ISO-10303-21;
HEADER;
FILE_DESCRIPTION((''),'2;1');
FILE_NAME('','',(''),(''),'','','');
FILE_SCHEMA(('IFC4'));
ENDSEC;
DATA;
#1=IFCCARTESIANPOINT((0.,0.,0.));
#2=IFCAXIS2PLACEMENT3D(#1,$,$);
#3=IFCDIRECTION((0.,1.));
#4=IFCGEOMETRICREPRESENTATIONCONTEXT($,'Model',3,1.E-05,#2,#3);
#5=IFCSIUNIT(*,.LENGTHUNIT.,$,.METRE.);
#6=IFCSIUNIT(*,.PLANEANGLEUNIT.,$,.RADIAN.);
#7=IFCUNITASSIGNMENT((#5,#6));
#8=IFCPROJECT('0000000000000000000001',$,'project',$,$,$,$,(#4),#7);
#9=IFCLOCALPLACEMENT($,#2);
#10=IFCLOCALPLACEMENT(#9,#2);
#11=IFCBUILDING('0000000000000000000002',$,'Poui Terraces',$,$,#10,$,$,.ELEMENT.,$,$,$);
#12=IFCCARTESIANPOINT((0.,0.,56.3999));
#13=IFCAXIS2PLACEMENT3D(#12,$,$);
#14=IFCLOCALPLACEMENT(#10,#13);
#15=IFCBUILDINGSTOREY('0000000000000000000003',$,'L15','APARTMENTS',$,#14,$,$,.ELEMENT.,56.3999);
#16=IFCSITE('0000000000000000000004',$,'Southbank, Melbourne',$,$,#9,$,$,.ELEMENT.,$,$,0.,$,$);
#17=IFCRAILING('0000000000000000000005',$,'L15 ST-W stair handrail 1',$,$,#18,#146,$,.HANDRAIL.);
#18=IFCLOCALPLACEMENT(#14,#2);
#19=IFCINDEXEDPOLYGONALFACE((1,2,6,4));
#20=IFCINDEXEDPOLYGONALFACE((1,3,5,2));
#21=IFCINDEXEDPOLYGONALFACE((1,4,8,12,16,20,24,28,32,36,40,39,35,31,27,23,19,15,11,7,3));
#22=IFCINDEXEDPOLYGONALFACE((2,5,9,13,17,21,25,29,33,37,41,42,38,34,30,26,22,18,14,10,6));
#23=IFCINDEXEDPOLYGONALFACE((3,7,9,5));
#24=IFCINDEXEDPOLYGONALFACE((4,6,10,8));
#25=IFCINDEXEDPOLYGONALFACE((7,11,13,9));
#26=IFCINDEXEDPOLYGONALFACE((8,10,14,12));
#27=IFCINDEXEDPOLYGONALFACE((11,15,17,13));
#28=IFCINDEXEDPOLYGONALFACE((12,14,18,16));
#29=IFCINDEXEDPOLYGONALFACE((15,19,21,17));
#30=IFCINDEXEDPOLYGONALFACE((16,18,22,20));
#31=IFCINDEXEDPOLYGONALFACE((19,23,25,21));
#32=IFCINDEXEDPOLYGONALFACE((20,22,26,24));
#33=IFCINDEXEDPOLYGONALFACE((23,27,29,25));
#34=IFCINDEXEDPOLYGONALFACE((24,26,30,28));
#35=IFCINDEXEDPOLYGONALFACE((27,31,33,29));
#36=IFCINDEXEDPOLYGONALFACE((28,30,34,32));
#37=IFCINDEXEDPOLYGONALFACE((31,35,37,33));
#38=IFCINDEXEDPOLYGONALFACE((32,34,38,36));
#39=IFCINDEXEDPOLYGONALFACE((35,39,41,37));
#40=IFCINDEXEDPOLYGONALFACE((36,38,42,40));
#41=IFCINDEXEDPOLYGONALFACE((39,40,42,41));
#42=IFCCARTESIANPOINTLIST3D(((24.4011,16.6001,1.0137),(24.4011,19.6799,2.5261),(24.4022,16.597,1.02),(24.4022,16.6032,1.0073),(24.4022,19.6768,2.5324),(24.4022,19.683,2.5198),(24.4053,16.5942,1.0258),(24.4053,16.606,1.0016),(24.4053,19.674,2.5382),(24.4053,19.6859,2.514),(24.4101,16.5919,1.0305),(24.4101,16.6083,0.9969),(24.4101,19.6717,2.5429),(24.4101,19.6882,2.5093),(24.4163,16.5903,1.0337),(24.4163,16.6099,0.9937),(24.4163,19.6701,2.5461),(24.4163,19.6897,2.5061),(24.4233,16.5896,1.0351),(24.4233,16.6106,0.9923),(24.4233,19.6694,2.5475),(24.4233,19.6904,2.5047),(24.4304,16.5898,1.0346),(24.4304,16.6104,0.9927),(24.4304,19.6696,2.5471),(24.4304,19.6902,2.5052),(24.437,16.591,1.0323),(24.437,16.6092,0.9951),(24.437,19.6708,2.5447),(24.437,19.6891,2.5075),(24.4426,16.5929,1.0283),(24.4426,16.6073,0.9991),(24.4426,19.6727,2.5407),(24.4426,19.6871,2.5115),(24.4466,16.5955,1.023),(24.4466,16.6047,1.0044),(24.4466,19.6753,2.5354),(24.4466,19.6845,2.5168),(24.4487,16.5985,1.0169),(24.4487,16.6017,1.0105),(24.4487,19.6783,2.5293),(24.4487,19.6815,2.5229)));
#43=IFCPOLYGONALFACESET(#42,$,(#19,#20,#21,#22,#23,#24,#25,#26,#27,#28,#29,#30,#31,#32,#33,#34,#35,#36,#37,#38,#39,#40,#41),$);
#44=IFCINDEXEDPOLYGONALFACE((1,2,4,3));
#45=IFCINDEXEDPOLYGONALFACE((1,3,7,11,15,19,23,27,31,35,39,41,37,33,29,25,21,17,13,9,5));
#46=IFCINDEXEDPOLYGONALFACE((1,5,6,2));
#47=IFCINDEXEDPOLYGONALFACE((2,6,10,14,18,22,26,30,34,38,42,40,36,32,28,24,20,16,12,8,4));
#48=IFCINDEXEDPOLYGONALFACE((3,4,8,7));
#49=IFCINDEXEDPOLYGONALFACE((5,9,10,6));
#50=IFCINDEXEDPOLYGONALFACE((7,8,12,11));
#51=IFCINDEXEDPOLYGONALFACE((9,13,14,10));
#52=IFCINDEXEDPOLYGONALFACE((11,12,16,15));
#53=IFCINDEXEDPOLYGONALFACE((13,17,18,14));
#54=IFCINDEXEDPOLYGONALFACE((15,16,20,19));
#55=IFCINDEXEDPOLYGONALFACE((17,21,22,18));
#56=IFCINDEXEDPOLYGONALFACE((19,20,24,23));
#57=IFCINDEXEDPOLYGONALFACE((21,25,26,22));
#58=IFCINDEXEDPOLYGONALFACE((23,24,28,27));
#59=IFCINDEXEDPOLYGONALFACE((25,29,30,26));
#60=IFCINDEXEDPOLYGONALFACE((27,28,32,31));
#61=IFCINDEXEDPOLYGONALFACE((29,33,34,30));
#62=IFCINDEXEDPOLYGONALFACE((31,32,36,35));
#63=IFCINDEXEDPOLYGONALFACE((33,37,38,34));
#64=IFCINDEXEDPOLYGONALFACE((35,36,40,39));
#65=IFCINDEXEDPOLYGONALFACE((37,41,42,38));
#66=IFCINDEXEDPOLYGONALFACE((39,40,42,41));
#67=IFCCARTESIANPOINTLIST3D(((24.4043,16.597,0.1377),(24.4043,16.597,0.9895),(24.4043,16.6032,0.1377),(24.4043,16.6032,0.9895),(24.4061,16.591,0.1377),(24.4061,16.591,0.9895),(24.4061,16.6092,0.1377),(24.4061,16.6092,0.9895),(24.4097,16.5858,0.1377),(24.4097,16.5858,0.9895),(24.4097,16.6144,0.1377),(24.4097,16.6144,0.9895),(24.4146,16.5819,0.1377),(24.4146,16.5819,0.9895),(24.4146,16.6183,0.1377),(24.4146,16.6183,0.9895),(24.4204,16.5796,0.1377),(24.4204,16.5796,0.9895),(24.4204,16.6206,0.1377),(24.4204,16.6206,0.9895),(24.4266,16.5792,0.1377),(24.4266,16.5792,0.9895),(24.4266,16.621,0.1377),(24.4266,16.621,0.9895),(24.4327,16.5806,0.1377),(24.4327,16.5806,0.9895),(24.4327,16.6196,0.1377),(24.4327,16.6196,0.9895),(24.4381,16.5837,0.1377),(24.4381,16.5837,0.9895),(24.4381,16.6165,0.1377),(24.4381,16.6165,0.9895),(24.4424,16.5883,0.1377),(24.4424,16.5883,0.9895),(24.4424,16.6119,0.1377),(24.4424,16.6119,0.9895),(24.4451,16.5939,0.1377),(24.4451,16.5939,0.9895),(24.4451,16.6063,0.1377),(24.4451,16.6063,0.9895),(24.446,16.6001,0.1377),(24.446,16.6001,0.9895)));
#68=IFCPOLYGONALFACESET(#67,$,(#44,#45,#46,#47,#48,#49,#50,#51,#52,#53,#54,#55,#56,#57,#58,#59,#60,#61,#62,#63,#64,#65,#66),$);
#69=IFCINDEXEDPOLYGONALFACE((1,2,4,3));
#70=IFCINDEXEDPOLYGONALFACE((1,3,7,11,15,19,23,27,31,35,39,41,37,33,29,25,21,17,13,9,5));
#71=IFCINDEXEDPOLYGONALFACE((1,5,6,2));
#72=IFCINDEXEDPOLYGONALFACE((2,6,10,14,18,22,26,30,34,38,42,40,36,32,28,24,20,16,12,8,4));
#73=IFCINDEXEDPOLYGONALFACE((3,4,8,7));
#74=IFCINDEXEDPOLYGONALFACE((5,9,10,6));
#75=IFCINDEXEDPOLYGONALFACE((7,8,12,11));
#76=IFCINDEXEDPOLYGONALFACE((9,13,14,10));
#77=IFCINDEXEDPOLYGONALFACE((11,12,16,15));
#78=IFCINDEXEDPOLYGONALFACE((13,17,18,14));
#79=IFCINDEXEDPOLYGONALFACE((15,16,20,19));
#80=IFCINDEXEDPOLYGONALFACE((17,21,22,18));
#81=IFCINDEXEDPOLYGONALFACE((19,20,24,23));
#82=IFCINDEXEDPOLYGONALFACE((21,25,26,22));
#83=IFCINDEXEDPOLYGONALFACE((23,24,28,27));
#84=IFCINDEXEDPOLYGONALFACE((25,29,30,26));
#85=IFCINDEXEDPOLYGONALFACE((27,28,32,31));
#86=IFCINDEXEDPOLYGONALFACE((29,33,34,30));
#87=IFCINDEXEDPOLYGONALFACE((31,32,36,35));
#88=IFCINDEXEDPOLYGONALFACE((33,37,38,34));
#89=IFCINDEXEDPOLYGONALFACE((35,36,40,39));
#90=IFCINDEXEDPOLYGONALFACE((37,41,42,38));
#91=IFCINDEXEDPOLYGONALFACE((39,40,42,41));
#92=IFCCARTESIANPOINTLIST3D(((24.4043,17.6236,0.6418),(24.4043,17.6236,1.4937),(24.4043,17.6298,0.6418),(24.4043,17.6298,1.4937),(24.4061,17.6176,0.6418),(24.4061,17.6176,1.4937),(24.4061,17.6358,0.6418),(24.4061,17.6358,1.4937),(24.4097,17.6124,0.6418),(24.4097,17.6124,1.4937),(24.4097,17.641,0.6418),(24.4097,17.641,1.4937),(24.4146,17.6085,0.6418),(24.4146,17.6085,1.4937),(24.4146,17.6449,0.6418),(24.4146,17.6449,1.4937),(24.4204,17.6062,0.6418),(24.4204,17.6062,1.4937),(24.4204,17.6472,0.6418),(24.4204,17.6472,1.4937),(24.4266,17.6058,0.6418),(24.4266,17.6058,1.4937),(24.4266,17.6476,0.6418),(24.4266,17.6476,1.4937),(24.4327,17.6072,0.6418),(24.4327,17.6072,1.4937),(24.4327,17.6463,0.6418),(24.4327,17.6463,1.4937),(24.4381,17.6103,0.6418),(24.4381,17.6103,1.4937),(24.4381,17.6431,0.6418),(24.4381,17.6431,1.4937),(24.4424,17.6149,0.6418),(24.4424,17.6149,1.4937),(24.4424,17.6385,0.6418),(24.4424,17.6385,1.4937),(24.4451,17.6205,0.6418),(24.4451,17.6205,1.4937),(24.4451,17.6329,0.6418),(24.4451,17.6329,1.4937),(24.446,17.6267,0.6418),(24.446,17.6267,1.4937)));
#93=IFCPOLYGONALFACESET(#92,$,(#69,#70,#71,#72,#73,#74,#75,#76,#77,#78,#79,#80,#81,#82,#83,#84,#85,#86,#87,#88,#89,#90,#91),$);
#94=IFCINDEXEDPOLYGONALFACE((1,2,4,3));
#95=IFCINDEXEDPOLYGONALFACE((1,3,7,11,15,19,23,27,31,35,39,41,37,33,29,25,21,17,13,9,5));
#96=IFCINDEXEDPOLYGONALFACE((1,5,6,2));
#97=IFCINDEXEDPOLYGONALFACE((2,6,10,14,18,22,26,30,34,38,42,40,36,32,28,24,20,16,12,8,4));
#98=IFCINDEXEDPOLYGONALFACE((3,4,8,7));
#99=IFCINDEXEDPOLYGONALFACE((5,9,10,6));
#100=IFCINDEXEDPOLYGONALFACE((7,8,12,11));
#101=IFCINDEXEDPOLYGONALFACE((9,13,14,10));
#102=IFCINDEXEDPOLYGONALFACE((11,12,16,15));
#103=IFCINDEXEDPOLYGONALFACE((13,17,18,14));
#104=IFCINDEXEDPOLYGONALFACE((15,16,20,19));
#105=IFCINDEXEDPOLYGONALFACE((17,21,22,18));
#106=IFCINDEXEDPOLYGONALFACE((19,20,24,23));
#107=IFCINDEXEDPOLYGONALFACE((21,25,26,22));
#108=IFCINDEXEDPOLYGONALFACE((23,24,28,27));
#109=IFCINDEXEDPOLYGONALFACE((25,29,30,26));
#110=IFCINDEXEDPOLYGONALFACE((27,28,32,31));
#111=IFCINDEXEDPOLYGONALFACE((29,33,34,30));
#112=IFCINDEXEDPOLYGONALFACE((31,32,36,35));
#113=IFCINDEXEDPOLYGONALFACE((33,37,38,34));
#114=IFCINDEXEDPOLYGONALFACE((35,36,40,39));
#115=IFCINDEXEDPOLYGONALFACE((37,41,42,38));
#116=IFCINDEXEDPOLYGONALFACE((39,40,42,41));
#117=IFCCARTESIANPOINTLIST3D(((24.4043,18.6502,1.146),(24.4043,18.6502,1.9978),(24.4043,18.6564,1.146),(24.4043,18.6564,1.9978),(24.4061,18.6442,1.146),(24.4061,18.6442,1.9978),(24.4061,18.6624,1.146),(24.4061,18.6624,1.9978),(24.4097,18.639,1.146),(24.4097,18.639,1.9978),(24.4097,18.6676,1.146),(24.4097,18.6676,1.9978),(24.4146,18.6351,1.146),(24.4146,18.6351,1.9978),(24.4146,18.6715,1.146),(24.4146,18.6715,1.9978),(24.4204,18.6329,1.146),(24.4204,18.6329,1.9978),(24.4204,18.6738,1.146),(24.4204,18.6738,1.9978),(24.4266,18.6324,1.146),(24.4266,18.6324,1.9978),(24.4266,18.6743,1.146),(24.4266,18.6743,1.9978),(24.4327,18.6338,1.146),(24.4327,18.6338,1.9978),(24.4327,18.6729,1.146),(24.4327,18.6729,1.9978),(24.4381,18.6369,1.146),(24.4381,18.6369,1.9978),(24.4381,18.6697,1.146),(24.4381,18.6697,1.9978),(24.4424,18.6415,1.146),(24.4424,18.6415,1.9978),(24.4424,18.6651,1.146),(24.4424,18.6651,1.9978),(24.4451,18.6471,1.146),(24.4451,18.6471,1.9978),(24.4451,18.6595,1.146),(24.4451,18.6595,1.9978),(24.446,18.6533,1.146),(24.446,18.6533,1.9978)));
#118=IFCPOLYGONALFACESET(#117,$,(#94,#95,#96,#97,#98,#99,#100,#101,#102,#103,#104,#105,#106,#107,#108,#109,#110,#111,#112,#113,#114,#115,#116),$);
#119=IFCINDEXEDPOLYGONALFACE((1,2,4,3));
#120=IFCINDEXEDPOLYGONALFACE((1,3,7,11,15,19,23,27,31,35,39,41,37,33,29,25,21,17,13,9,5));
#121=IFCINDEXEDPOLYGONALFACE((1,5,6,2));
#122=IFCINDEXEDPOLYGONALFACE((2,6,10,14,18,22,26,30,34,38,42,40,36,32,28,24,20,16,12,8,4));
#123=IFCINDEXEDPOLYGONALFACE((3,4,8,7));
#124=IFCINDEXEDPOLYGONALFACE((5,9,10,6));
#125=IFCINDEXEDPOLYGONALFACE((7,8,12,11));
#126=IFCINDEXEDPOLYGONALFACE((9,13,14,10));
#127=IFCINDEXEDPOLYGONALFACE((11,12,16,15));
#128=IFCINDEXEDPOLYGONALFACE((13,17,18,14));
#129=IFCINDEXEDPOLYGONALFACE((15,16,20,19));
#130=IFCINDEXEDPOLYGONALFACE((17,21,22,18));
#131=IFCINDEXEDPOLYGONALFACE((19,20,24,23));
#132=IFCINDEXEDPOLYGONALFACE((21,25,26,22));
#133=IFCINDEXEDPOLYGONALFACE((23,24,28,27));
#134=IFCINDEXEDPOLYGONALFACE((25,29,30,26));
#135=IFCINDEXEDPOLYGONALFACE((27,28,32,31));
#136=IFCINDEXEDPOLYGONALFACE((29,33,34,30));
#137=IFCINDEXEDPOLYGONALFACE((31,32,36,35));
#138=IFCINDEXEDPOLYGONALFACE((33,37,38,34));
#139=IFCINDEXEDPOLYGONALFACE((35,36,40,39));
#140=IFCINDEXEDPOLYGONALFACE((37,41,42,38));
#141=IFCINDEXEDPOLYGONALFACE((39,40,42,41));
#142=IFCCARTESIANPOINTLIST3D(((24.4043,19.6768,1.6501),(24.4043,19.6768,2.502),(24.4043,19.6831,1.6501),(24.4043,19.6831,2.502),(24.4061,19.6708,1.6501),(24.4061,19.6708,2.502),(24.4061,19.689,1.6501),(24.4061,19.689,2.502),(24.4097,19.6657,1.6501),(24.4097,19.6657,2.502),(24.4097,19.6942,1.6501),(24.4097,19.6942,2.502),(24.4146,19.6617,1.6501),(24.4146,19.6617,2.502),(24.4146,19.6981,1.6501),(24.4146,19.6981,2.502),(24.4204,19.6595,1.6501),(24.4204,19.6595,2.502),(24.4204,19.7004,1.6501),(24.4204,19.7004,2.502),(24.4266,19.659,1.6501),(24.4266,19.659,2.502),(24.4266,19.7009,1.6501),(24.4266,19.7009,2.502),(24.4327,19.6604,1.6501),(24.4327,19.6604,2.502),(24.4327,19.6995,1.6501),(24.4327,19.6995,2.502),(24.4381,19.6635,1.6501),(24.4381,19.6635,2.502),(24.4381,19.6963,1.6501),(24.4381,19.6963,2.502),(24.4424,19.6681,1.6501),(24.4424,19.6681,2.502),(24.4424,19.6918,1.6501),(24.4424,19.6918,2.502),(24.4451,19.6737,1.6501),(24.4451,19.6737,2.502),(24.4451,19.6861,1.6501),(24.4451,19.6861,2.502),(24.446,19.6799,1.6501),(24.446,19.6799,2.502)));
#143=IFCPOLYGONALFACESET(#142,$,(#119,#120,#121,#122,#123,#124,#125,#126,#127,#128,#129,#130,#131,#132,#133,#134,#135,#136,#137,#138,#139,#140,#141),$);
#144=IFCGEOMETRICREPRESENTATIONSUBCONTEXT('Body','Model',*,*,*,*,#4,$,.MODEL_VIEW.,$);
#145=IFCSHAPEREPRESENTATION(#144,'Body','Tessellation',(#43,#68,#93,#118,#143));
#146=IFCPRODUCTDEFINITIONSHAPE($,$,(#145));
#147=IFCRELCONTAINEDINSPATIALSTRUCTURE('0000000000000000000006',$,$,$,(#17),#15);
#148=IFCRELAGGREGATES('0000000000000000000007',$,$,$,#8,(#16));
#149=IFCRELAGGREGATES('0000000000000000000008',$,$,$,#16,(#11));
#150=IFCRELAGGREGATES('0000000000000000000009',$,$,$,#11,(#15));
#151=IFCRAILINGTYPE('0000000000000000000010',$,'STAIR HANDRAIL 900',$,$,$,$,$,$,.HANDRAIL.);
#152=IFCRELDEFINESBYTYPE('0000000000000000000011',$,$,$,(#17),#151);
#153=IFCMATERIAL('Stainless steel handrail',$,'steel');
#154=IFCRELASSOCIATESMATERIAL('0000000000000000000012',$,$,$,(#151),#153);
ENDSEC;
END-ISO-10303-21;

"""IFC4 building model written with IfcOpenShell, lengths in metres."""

from ifc_helpers import new_model, si_unit, direction, frame, origin, origin_2d, place, context, subcontext, project, spatial, circle, extrude, material, type_object, element, save


model = new_model("IFC4")

# Units and contexts
model_context = context("Model", 3, precision=1e-05, world=origin(), true_north=direction((0.0, 1.0)))
body_context = subcontext(model_context, "Body", "Model", "MODEL_VIEW")
ifc_project = project(units=[si_unit("LENGTHUNIT", "METRE"), si_unit("PLANEANGLEUNIT", "RADIAN")], contexts=[model_context])

# Site, building, storey
site_placement = place(None, origin())
site = spatial("IfcSite", under=ifc_project, at=site_placement, Name="Southbank, Melbourne", CompositionType="ELEMENT", RefElevation=0.0)
building_placement = place(site_placement, origin())
building = spatial("IfcBuilding", under=site, at=building_placement, Name="Poui Terraces", CompositionType="ELEMENT")
storey_placement = place(building_placement, frame((0.0, 0.0, 56.3999)))
storey = spatial("IfcBuildingStorey", under=building, at=storey_placement, Name="L15", Description="APARTMENTS", CompositionType="ELEMENT", Elevation=56.3999)

# Railing
ifc_material_1 = material(Name="Stainless steel handrail", Category="steel")
railing_type_1 = type_object("IfcRailingType", Name="STAIR HANDRAIL 900", PredefinedType="HANDRAIL", material=ifc_material_1)
railing_1_placement = place(storey_placement, frame((24.425, 16.6001, 0.1377)))
element("IfcRailing", 1, at=railing_1_placement, inside=storey, type_object=railing_type_1, Name="L15 ST-W stair handrail 1", PredefinedType="HANDRAIL", context=body_context, shape_type="SweptSolid", body=[
    extrude(circle(Radius=0.0239, at=origin_2d()), frame((0.0, 0.0, 0.876), z_axis=(0.0, 0.897606, 0.440798), x_axis=(-1.0, 0.0, 0.0)), (0.0, 0.0, 1.0), 3.4312),
    extrude(circle(Radius=0.021, at=origin_2d()), origin(), (0.0, 0.0, 1.0), 0.8518),
    extrude(circle(Radius=0.021, at=origin_2d()), frame((0.0, 1.0266, 0.5042)), (0.0, 0.0, 1.0), 0.8518),
    extrude(circle(Radius=0.021, at=origin_2d()), frame((0.0, 2.0532, 1.0083)), (0.0, 0.0, 1.0), 0.8518),
    extrude(circle(Radius=0.021, at=origin_2d()), frame((0.0, 3.0798, 1.5125)), (0.0, 0.0, 1.0), 0.8518),
])

save(model, "model.ifc")
